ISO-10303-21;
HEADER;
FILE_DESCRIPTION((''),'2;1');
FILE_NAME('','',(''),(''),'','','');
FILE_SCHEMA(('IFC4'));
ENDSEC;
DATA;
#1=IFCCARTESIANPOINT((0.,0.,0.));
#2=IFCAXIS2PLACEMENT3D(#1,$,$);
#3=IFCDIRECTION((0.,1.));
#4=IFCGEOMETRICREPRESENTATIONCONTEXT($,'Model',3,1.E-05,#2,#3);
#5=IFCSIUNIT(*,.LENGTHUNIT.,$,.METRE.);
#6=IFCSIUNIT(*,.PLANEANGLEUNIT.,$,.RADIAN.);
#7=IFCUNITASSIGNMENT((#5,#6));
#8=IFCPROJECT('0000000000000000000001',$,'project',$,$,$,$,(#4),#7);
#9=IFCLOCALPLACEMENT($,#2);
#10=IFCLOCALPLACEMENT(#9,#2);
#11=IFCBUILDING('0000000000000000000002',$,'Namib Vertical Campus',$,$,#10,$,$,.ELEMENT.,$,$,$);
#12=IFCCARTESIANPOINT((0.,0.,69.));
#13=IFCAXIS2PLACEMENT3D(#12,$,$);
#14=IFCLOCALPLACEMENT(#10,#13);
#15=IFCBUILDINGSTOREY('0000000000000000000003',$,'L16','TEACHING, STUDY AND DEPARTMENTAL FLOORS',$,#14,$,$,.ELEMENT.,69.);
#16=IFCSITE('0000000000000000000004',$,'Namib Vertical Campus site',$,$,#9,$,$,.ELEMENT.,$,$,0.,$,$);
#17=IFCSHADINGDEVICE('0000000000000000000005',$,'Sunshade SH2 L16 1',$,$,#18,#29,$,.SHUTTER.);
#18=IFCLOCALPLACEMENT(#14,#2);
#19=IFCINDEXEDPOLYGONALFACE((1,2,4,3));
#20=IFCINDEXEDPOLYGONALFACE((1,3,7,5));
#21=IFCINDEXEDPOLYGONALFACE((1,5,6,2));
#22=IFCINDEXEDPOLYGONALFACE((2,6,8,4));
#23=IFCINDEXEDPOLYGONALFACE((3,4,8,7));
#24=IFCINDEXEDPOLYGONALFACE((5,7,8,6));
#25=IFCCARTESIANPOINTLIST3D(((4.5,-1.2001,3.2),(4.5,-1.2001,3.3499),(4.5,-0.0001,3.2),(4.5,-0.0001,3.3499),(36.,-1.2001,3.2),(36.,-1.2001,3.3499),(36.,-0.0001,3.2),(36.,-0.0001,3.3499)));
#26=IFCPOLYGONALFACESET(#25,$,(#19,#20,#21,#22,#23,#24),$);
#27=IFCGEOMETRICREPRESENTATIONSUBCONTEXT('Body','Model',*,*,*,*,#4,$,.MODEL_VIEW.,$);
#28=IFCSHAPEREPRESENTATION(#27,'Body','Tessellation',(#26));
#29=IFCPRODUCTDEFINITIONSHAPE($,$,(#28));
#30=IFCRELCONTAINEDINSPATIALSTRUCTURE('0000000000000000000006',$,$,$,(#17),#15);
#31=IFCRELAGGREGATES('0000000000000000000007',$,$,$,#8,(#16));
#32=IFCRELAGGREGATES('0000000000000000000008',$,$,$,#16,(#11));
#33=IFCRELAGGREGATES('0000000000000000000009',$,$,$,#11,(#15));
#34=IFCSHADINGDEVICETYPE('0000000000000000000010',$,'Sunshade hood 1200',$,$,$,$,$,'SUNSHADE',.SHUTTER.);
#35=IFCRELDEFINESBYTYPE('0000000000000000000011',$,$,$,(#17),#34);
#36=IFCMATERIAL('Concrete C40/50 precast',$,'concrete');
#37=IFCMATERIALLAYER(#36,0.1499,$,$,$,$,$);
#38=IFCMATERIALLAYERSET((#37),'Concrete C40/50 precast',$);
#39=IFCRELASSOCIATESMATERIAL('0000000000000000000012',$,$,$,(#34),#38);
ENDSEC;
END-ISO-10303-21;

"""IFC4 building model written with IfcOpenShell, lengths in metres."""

from ifc_helpers import new_model, si_unit, direction, frame, origin, origin_2d, place, context, subcontext, project, spatial, rectangle, extrude, material, layer, layer_set, type_object, element, save


model = new_model("IFC4")

# Units and contexts
model_context = context("Model", 3, precision=1e-05, world=origin(), true_north=direction((0.0, 1.0)))
body_context = subcontext(model_context, "Body", "Model", "MODEL_VIEW")
ifc_project = project(units=[si_unit("LENGTHUNIT", "METRE"), si_unit("PLANEANGLEUNIT", "RADIAN")], contexts=[model_context])

# Site, building, storey
site_placement = place(None, origin())
site = spatial("IfcSite", under=ifc_project, at=site_placement, Name="Namib Vertical Campus site", CompositionType="ELEMENT", RefElevation=0.0)
building_placement = place(site_placement, origin())
building = spatial("IfcBuilding", under=site, at=building_placement, Name="Namib Vertical Campus", CompositionType="ELEMENT")
storey_placement = place(building_placement, frame((0.0, 0.0, 69.0)))
storey = spatial("IfcBuildingStorey", under=building, at=storey_placement, Name="L16", Description="TEACHING, STUDY AND DEPARTMENTAL FLOORS", CompositionType="ELEMENT", Elevation=69.0)

# Shading device
ifc_material_1 = material(Name="Concrete C40/50 precast", Category="concrete")
ifc_layer_1 = layer(ifc_material_1, 0.1499)
ifc_layer_set_1 = layer_set([ifc_layer_1], Name="Concrete C40/50 precast")
shading_device_type = type_object("IfcShadingDeviceType", Name="Sunshade hood 1200", ElementType="SUNSHADE", PredefinedType="SHUTTER", material=ifc_layer_set_1)
shading_device_placement = place(storey_placement, frame((20.25, -0.6001, 3.2), z_axis=(0.0, 0.0, 1.0), x_axis=(1.0, 0.0, 0.0)))
element("IfcShadingDevice", 1, at=shading_device_placement, inside=storey, type_object=shading_device_type, Name="Sunshade SH2 L16 1", PredefinedType="SHUTTER", context=body_context, shape_type="SweptSolid", body=[
    extrude(rectangle(XDim=31.5, YDim=1.2, at=origin_2d()), origin(), (0.0, 0.0, 1.0), 0.1499),
])

save(model, "model.ifc")
